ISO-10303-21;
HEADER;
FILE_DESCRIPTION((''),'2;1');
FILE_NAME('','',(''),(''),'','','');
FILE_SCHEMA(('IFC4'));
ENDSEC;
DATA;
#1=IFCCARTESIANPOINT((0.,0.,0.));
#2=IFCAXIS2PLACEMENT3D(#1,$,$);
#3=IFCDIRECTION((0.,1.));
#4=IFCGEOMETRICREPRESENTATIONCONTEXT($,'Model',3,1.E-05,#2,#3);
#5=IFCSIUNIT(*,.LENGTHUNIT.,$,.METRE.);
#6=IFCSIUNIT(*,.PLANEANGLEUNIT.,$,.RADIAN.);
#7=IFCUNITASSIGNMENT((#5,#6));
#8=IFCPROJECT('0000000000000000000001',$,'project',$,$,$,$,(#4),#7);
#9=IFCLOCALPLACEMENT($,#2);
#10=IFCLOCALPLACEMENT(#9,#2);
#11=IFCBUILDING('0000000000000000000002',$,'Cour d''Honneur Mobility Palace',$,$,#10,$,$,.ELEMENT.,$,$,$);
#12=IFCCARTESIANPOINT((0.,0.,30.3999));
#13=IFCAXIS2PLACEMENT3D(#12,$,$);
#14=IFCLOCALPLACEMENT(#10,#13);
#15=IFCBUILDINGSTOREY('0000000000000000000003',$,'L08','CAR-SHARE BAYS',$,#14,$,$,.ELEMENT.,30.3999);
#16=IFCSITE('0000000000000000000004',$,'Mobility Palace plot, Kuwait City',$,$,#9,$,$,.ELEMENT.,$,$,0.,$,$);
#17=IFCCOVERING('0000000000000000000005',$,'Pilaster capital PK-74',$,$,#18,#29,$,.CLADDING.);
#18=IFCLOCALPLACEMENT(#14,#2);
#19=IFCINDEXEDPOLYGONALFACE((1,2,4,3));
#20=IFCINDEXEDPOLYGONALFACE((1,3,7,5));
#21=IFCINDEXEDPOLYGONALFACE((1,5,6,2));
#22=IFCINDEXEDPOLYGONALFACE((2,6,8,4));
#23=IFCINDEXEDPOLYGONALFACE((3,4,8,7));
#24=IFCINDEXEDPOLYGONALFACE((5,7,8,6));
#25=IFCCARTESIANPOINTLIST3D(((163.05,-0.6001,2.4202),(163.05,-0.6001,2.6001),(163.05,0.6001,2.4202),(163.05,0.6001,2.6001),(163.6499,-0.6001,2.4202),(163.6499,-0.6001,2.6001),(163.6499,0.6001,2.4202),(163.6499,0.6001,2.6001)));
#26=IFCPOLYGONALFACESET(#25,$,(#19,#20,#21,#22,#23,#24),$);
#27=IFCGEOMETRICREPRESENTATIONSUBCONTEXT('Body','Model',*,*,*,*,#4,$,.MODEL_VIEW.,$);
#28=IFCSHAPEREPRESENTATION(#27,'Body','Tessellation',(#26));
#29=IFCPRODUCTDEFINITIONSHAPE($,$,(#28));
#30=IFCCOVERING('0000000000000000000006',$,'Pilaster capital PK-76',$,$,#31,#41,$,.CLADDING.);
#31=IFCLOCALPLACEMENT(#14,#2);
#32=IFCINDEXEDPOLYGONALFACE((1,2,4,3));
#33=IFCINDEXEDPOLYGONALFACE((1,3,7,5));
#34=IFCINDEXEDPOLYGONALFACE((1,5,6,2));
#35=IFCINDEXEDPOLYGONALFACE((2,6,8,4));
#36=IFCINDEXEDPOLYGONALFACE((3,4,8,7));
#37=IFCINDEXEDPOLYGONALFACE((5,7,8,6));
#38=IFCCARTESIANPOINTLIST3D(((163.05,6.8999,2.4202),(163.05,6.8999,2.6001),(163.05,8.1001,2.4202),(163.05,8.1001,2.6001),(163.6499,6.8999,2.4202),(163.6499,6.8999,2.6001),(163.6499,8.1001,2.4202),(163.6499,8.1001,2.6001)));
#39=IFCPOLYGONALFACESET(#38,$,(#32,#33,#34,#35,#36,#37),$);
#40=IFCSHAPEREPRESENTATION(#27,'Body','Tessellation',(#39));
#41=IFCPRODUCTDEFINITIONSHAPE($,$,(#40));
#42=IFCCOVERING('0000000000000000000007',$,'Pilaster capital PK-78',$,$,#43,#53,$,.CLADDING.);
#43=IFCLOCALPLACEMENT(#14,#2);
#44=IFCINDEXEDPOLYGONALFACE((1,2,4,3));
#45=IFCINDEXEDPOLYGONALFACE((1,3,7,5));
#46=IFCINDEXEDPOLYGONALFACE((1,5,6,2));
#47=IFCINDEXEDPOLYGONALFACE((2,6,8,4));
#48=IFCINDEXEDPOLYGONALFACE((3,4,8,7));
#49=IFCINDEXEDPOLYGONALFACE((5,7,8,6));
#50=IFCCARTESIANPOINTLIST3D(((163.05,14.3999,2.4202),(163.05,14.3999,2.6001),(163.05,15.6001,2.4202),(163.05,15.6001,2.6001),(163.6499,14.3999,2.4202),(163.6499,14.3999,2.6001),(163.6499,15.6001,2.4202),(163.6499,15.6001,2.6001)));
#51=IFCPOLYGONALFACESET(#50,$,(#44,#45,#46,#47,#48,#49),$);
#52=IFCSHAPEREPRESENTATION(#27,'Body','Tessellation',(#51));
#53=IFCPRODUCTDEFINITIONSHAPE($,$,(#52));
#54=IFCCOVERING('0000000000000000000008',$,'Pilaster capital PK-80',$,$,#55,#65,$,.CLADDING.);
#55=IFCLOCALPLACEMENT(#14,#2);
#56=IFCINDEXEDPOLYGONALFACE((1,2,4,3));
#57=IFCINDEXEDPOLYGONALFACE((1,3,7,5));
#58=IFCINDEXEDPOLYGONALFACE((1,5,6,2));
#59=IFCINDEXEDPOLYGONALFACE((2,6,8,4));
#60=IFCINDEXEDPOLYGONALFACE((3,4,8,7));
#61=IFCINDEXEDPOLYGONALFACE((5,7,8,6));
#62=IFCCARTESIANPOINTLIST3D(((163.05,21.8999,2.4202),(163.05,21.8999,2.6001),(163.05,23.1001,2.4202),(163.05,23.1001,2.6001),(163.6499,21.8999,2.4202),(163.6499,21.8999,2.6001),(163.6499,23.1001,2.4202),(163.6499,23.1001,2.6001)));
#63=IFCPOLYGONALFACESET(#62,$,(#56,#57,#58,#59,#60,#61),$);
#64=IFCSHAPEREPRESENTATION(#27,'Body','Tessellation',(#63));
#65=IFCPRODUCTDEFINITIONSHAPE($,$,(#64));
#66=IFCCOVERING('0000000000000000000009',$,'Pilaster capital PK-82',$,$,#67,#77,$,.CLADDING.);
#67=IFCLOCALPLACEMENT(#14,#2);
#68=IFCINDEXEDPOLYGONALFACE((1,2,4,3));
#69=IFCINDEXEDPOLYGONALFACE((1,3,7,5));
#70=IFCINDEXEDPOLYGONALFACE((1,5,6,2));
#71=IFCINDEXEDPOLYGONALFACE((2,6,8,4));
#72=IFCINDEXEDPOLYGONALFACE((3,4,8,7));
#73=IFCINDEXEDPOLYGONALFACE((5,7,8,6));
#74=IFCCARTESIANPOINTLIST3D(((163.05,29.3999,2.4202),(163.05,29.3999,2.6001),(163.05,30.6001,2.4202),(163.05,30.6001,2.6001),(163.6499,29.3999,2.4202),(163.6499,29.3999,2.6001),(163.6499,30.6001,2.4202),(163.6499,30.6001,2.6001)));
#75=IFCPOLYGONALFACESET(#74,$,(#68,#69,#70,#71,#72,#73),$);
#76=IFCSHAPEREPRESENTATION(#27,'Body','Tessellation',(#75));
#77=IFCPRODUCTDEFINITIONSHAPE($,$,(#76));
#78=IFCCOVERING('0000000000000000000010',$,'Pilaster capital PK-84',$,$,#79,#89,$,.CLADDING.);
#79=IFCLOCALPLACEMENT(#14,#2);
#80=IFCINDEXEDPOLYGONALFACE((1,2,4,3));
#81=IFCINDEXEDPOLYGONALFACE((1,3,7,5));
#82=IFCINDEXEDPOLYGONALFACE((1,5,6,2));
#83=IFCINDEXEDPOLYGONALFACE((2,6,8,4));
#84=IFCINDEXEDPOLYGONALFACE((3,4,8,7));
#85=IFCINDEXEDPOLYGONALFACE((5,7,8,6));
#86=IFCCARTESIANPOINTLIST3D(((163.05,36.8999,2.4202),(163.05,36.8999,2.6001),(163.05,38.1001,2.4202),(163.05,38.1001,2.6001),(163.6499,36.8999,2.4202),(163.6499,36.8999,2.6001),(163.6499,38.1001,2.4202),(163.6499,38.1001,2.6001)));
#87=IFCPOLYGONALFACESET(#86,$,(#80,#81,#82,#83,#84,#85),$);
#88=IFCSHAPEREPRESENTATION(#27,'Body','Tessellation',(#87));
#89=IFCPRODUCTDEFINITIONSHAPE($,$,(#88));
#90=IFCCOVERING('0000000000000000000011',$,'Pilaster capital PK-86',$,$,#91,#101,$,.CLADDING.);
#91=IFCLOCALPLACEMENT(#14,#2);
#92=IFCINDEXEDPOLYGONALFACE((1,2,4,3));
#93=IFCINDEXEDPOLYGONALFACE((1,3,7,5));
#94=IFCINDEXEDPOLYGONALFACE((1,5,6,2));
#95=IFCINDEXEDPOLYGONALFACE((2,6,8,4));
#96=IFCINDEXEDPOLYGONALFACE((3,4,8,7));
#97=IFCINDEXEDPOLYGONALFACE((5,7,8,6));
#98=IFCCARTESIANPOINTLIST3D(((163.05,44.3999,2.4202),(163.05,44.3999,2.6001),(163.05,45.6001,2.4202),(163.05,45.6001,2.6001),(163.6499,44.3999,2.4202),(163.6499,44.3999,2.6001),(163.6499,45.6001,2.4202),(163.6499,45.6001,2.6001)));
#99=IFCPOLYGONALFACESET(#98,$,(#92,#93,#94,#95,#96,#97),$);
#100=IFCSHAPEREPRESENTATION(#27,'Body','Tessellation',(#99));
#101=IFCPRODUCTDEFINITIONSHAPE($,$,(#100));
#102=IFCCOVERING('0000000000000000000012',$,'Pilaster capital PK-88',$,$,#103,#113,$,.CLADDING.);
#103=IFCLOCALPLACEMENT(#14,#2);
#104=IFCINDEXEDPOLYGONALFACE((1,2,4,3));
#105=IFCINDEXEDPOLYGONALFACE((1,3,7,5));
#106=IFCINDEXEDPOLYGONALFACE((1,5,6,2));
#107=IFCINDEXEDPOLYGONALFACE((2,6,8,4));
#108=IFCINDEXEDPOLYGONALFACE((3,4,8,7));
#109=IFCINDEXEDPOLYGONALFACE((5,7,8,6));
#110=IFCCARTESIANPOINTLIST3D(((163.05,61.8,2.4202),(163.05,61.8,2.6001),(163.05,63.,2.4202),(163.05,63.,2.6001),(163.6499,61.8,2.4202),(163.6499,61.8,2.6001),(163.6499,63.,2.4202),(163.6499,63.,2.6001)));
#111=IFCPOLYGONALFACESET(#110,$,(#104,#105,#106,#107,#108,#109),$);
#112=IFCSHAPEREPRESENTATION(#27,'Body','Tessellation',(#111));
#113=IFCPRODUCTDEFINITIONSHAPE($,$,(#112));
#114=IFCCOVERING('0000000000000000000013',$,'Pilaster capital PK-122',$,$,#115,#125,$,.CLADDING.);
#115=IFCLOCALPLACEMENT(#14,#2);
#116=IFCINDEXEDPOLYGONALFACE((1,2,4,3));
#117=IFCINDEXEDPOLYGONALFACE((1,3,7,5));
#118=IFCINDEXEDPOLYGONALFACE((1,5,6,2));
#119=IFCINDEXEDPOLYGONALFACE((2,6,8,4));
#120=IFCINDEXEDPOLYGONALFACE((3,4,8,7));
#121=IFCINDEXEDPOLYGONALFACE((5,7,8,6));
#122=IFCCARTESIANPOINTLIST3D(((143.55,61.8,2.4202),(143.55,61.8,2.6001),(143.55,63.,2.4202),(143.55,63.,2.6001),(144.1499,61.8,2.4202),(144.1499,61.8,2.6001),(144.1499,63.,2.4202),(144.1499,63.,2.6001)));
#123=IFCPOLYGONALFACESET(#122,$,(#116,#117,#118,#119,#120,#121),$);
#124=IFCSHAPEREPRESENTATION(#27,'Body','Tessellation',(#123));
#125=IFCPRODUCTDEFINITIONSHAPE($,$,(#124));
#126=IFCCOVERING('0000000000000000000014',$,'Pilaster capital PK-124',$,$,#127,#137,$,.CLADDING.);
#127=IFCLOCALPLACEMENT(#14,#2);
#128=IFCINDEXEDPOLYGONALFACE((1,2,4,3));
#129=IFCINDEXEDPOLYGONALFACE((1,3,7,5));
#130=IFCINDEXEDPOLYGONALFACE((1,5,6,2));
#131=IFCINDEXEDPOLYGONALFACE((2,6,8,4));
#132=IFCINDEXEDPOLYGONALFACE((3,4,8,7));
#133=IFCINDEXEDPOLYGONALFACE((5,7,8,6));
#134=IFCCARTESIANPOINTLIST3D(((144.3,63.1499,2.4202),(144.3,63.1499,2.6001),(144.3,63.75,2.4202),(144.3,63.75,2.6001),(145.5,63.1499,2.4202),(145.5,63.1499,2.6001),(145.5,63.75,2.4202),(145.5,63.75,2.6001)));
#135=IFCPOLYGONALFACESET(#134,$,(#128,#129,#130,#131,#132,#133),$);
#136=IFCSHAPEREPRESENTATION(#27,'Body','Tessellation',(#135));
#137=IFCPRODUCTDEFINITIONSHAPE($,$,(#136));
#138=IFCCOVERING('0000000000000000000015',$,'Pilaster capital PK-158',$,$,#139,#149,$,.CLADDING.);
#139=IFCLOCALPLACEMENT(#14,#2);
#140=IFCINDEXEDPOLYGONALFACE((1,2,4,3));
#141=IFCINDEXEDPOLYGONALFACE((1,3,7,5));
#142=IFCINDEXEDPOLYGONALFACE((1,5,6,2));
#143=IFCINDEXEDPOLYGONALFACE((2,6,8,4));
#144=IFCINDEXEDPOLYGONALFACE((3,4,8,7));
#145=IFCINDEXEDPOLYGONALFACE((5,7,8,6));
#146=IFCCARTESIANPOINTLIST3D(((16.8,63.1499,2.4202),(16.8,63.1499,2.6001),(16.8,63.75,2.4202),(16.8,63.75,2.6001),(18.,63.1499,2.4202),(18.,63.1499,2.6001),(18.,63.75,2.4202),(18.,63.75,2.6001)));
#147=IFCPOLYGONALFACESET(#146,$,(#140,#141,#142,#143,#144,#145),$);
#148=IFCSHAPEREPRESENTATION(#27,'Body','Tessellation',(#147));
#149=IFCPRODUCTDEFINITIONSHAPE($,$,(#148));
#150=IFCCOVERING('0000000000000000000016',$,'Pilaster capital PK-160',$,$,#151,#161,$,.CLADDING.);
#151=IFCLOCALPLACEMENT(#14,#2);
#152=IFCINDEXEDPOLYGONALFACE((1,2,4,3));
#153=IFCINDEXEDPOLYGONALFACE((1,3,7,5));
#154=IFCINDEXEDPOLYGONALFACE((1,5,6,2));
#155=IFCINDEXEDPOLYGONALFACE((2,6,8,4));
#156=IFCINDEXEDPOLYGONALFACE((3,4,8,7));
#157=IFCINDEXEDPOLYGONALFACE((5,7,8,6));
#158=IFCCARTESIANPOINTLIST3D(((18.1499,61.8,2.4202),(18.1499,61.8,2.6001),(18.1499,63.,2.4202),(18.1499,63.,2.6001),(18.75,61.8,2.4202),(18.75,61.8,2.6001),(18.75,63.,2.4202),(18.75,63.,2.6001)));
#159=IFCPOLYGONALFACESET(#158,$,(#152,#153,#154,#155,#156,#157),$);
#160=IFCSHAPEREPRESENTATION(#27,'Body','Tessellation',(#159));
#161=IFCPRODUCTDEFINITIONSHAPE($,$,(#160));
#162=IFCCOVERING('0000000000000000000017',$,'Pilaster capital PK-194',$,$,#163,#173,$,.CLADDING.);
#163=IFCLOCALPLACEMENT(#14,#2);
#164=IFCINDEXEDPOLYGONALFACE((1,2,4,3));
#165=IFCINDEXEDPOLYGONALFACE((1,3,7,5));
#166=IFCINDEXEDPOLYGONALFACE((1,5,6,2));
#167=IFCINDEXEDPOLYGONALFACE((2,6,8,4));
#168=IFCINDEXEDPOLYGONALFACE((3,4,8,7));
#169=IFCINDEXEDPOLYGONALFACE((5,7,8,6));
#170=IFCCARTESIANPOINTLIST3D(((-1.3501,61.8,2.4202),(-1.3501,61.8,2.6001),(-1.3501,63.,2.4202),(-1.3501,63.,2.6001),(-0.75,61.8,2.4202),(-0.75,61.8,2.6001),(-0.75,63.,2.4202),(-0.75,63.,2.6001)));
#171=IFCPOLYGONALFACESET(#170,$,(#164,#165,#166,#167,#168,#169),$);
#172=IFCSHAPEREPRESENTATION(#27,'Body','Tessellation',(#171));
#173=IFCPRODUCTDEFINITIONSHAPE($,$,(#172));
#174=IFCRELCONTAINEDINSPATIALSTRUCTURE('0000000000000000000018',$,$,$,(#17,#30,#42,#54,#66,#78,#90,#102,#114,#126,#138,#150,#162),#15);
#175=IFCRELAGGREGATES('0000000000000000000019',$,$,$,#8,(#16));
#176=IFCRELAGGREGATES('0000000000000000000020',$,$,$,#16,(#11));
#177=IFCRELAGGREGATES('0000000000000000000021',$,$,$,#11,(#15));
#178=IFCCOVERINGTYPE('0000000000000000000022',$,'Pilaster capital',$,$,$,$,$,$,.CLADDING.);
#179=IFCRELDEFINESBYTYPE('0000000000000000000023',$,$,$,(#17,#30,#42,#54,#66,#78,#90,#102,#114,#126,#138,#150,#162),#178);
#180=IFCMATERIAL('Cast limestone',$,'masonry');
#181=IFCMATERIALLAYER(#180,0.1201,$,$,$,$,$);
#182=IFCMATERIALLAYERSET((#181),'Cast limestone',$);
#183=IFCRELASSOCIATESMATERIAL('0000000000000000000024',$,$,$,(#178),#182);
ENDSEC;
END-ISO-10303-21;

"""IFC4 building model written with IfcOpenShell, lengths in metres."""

from ifc_helpers import new_model, si_unit, direction, frame, origin, place, context, subcontext, project, spatial, polyline, outline, extrude, material, layer, layer_set, type_object, element, save


model = new_model("IFC4")

# Units and contexts
model_context = context("Model", 3, precision=1e-05, world=origin(), true_north=direction((0.0, 1.0)))
body_context = subcontext(model_context, "Body", "Model", "MODEL_VIEW")
ifc_project = project(units=[si_unit("LENGTHUNIT", "METRE"), si_unit("PLANEANGLEUNIT", "RADIAN")], contexts=[model_context])

# Site, building, storey
site_placement = place(None, origin())
site = spatial("IfcSite", under=ifc_project, at=site_placement, Name="Mobility Palace plot, Kuwait City", CompositionType="ELEMENT", RefElevation=0.0)
building_placement = place(site_placement, origin())
building = spatial("IfcBuilding", under=site, at=building_placement, Name="Cour d'Honneur Mobility Palace", CompositionType="ELEMENT")
storey_placement = place(building_placement, frame((0.0, 0.0, 30.3999)))
storey = spatial("IfcBuildingStorey", under=building, at=storey_placement, Name="L08", Description="CAR-SHARE BAYS", CompositionType="ELEMENT", Elevation=30.3999)

# Coverings
ifc_material_1 = material(Name="Cast limestone", Category="masonry")
ifc_layer_1 = layer(ifc_material_1, 0.1201)
ifc_layer_set_1 = layer_set([ifc_layer_1], Name="Cast limestone")
covering_type_1 = type_object("IfcCoveringType", Name="Pilaster capital", PredefinedType="CLADDING", material=ifc_layer_set_1)
covering_1_placement = place(storey_placement, frame((0.0, 0.0, 2.4202)))
element("IfcCovering", 1, at=covering_1_placement, inside=storey, type_object=covering_type_1, Name="Pilaster capital PK-74", PredefinedType="CLADDING", context=body_context, shape_type="SweptSolid", body=[
    extrude(outline(polyline([(163.05, -0.6001), (163.05, 0.6001), (163.6499, 0.6001), (163.6499, -0.6001), (163.05, -0.6001)])), origin(), (0.0, 0.0, 1.0), 0.1799),
])
covering_2_placement = place(storey_placement, frame((0.0, 0.0, 2.4202)))
element("IfcCovering", 2, at=covering_2_placement, inside=storey, type_object=covering_type_1, Name="Pilaster capital PK-76", PredefinedType="CLADDING", context=body_context, shape_type="SweptSolid", body=[
    extrude(outline(polyline([(163.05, 6.8999), (163.05, 8.1001), (163.6499, 8.1001), (163.6499, 6.8999), (163.05, 6.8999)])), origin(), (0.0, 0.0, 1.0), 0.1799),
])
covering_3_placement = place(storey_placement, frame((0.0, 0.0, 2.4202)))
element("IfcCovering", 3, at=covering_3_placement, inside=storey, type_object=covering_type_1, Name="Pilaster capital PK-78", PredefinedType="CLADDING", context=body_context, shape_type="SweptSolid", body=[
    extrude(outline(polyline([(163.05, 14.3999), (163.05, 15.6001), (163.6499, 15.6001), (163.6499, 14.3999), (163.05, 14.3999)])), origin(), (0.0, 0.0, 1.0), 0.1799),
])
covering_4_placement = place(storey_placement, frame((0.0, 0.0, 2.4202)))
element("IfcCovering", 4, at=covering_4_placement, inside=storey, type_object=covering_type_1, Name="Pilaster capital PK-80", PredefinedType="CLADDING", context=body_context, shape_type="SweptSolid", body=[
    extrude(outline(polyline([(163.05, 21.8999), (163.05, 23.1001), (163.6499, 23.1001), (163.6499, 21.8999), (163.05, 21.8999)])), origin(), (0.0, 0.0, 1.0), 0.1799),
])
covering_5_placement = place(storey_placement, frame((0.0, 0.0, 2.4202)))
element("IfcCovering", 5, at=covering_5_placement, inside=storey, type_object=covering_type_1, Name="Pilaster capital PK-82", PredefinedType="CLADDING", context=body_context, shape_type="SweptSolid", body=[
    extrude(outline(polyline([(163.05, 29.3999), (163.05, 30.6001), (163.6499, 30.6001), (163.6499, 29.3999), (163.05, 29.3999)])), origin(), (0.0, 0.0, 1.0), 0.1799),
])
covering_6_placement = place(storey_placement, frame((0.0, 0.0, 2.4202)))
element("IfcCovering", 6, at=covering_6_placement, inside=storey, type_object=covering_type_1, Name="Pilaster capital PK-84", PredefinedType="CLADDING", context=body_context, shape_type="SweptSolid", body=[
    extrude(outline(polyline([(163.05, 36.8999), (163.05, 38.1001), (163.6499, 38.1001), (163.6499, 36.8999), (163.05, 36.8999)])), origin(), (0.0, 0.0, 1.0), 0.1799),
])
covering_7_placement = place(storey_placement, frame((0.0, 0.0, 2.4202)))
element("IfcCovering", 7, at=covering_7_placement, inside=storey, type_object=covering_type_1, Name="Pilaster capital PK-86", PredefinedType="CLADDING", context=body_context, shape_type="SweptSolid", body=[
    extrude(outline(polyline([(163.05, 44.3999), (163.05, 45.6001), (163.6499, 45.6001), (163.6499, 44.3999), (163.05, 44.3999)])), origin(), (0.0, 0.0, 1.0), 0.1799),
])
covering_8_placement = place(storey_placement, frame((0.0, 0.0, 2.4202)))
element("IfcCovering", 8, at=covering_8_placement, inside=storey, type_object=covering_type_1, Name="Pilaster capital PK-88", PredefinedType="CLADDING", context=body_context, shape_type="SweptSolid", body=[
    extrude(outline(polyline([(163.05, 61.8), (163.05, 63.0), (163.6499, 63.0), (163.6499, 61.8), (163.05, 61.8)])), origin(), (0.0, 0.0, 1.0), 0.1799),
])
covering_9_placement = place(storey_placement, frame((0.0, 0.0, 2.4202)))
element("IfcCovering", 9, at=covering_9_placement, inside=storey, type_object=covering_type_1, Name="Pilaster capital PK-122", PredefinedType="CLADDING", context=body_context, shape_type="SweptSolid", body=[
    extrude(outline(polyline([(144.1499, 63.0), (144.1499, 61.8), (143.55, 61.8), (143.55, 63.0), (144.1499, 63.0)])), origin(), (0.0, 0.0, 1.0), 0.1799),
])
covering_10_placement = place(storey_placement, frame((0.0, 0.0, 2.4202)))
element("IfcCovering", 10, at=covering_10_placement, inside=storey, type_object=covering_type_1, Name="Pilaster capital PK-124", PredefinedType="CLADDING", context=body_context, shape_type="SweptSolid", body=[
    extrude(outline(polyline([(145.5, 63.1499), (144.3, 63.1499), (144.3, 63.75), (145.5, 63.75), (145.5, 63.1499)])), origin(), (0.0, 0.0, 1.0), 0.1799),
])
covering_11_placement = place(storey_placement, frame((0.0, 0.0, 2.4202)))
element("IfcCovering", 11, at=covering_11_placement, inside=storey, type_object=covering_type_1, Name="Pilaster capital PK-158", PredefinedType="CLADDING", context=body_context, shape_type="SweptSolid", body=[
    extrude(outline(polyline([(18.0, 63.1499), (16.8, 63.1499), (16.8, 63.75), (18.0, 63.75), (18.0, 63.1499)])), origin(), (0.0, 0.0, 1.0), 0.1799),
])
covering_12_placement = place(storey_placement, frame((0.0, 0.0, 2.4202)))
element("IfcCovering", 12, at=covering_12_placement, inside=storey, type_object=covering_type_1, Name="Pilaster capital PK-160", PredefinedType="CLADDING", context=body_context, shape_type="SweptSolid", body=[
    extrude(outline(polyline([(18.1499, 61.8), (18.1499, 63.0), (18.75, 63.0), (18.75, 61.8), (18.1499, 61.8)])), origin(), (0.0, 0.0, 1.0), 0.1799),
])
covering_13_placement = place(storey_placement, frame((0.0, 0.0, 2.4202)))
element("IfcCovering", 13, at=covering_13_placement, inside=storey, type_object=covering_type_1, Name="Pilaster capital PK-194", PredefinedType="CLADDING", context=body_context, shape_type="SweptSolid", body=[
    extrude(outline(polyline([(-0.75, 63.0), (-0.75, 61.8), (-1.3501, 61.8), (-1.3501, 63.0), (-0.75, 63.0)])), origin(), (0.0, 0.0, 1.0), 0.1799),
])

save(model, "model.ifc")
